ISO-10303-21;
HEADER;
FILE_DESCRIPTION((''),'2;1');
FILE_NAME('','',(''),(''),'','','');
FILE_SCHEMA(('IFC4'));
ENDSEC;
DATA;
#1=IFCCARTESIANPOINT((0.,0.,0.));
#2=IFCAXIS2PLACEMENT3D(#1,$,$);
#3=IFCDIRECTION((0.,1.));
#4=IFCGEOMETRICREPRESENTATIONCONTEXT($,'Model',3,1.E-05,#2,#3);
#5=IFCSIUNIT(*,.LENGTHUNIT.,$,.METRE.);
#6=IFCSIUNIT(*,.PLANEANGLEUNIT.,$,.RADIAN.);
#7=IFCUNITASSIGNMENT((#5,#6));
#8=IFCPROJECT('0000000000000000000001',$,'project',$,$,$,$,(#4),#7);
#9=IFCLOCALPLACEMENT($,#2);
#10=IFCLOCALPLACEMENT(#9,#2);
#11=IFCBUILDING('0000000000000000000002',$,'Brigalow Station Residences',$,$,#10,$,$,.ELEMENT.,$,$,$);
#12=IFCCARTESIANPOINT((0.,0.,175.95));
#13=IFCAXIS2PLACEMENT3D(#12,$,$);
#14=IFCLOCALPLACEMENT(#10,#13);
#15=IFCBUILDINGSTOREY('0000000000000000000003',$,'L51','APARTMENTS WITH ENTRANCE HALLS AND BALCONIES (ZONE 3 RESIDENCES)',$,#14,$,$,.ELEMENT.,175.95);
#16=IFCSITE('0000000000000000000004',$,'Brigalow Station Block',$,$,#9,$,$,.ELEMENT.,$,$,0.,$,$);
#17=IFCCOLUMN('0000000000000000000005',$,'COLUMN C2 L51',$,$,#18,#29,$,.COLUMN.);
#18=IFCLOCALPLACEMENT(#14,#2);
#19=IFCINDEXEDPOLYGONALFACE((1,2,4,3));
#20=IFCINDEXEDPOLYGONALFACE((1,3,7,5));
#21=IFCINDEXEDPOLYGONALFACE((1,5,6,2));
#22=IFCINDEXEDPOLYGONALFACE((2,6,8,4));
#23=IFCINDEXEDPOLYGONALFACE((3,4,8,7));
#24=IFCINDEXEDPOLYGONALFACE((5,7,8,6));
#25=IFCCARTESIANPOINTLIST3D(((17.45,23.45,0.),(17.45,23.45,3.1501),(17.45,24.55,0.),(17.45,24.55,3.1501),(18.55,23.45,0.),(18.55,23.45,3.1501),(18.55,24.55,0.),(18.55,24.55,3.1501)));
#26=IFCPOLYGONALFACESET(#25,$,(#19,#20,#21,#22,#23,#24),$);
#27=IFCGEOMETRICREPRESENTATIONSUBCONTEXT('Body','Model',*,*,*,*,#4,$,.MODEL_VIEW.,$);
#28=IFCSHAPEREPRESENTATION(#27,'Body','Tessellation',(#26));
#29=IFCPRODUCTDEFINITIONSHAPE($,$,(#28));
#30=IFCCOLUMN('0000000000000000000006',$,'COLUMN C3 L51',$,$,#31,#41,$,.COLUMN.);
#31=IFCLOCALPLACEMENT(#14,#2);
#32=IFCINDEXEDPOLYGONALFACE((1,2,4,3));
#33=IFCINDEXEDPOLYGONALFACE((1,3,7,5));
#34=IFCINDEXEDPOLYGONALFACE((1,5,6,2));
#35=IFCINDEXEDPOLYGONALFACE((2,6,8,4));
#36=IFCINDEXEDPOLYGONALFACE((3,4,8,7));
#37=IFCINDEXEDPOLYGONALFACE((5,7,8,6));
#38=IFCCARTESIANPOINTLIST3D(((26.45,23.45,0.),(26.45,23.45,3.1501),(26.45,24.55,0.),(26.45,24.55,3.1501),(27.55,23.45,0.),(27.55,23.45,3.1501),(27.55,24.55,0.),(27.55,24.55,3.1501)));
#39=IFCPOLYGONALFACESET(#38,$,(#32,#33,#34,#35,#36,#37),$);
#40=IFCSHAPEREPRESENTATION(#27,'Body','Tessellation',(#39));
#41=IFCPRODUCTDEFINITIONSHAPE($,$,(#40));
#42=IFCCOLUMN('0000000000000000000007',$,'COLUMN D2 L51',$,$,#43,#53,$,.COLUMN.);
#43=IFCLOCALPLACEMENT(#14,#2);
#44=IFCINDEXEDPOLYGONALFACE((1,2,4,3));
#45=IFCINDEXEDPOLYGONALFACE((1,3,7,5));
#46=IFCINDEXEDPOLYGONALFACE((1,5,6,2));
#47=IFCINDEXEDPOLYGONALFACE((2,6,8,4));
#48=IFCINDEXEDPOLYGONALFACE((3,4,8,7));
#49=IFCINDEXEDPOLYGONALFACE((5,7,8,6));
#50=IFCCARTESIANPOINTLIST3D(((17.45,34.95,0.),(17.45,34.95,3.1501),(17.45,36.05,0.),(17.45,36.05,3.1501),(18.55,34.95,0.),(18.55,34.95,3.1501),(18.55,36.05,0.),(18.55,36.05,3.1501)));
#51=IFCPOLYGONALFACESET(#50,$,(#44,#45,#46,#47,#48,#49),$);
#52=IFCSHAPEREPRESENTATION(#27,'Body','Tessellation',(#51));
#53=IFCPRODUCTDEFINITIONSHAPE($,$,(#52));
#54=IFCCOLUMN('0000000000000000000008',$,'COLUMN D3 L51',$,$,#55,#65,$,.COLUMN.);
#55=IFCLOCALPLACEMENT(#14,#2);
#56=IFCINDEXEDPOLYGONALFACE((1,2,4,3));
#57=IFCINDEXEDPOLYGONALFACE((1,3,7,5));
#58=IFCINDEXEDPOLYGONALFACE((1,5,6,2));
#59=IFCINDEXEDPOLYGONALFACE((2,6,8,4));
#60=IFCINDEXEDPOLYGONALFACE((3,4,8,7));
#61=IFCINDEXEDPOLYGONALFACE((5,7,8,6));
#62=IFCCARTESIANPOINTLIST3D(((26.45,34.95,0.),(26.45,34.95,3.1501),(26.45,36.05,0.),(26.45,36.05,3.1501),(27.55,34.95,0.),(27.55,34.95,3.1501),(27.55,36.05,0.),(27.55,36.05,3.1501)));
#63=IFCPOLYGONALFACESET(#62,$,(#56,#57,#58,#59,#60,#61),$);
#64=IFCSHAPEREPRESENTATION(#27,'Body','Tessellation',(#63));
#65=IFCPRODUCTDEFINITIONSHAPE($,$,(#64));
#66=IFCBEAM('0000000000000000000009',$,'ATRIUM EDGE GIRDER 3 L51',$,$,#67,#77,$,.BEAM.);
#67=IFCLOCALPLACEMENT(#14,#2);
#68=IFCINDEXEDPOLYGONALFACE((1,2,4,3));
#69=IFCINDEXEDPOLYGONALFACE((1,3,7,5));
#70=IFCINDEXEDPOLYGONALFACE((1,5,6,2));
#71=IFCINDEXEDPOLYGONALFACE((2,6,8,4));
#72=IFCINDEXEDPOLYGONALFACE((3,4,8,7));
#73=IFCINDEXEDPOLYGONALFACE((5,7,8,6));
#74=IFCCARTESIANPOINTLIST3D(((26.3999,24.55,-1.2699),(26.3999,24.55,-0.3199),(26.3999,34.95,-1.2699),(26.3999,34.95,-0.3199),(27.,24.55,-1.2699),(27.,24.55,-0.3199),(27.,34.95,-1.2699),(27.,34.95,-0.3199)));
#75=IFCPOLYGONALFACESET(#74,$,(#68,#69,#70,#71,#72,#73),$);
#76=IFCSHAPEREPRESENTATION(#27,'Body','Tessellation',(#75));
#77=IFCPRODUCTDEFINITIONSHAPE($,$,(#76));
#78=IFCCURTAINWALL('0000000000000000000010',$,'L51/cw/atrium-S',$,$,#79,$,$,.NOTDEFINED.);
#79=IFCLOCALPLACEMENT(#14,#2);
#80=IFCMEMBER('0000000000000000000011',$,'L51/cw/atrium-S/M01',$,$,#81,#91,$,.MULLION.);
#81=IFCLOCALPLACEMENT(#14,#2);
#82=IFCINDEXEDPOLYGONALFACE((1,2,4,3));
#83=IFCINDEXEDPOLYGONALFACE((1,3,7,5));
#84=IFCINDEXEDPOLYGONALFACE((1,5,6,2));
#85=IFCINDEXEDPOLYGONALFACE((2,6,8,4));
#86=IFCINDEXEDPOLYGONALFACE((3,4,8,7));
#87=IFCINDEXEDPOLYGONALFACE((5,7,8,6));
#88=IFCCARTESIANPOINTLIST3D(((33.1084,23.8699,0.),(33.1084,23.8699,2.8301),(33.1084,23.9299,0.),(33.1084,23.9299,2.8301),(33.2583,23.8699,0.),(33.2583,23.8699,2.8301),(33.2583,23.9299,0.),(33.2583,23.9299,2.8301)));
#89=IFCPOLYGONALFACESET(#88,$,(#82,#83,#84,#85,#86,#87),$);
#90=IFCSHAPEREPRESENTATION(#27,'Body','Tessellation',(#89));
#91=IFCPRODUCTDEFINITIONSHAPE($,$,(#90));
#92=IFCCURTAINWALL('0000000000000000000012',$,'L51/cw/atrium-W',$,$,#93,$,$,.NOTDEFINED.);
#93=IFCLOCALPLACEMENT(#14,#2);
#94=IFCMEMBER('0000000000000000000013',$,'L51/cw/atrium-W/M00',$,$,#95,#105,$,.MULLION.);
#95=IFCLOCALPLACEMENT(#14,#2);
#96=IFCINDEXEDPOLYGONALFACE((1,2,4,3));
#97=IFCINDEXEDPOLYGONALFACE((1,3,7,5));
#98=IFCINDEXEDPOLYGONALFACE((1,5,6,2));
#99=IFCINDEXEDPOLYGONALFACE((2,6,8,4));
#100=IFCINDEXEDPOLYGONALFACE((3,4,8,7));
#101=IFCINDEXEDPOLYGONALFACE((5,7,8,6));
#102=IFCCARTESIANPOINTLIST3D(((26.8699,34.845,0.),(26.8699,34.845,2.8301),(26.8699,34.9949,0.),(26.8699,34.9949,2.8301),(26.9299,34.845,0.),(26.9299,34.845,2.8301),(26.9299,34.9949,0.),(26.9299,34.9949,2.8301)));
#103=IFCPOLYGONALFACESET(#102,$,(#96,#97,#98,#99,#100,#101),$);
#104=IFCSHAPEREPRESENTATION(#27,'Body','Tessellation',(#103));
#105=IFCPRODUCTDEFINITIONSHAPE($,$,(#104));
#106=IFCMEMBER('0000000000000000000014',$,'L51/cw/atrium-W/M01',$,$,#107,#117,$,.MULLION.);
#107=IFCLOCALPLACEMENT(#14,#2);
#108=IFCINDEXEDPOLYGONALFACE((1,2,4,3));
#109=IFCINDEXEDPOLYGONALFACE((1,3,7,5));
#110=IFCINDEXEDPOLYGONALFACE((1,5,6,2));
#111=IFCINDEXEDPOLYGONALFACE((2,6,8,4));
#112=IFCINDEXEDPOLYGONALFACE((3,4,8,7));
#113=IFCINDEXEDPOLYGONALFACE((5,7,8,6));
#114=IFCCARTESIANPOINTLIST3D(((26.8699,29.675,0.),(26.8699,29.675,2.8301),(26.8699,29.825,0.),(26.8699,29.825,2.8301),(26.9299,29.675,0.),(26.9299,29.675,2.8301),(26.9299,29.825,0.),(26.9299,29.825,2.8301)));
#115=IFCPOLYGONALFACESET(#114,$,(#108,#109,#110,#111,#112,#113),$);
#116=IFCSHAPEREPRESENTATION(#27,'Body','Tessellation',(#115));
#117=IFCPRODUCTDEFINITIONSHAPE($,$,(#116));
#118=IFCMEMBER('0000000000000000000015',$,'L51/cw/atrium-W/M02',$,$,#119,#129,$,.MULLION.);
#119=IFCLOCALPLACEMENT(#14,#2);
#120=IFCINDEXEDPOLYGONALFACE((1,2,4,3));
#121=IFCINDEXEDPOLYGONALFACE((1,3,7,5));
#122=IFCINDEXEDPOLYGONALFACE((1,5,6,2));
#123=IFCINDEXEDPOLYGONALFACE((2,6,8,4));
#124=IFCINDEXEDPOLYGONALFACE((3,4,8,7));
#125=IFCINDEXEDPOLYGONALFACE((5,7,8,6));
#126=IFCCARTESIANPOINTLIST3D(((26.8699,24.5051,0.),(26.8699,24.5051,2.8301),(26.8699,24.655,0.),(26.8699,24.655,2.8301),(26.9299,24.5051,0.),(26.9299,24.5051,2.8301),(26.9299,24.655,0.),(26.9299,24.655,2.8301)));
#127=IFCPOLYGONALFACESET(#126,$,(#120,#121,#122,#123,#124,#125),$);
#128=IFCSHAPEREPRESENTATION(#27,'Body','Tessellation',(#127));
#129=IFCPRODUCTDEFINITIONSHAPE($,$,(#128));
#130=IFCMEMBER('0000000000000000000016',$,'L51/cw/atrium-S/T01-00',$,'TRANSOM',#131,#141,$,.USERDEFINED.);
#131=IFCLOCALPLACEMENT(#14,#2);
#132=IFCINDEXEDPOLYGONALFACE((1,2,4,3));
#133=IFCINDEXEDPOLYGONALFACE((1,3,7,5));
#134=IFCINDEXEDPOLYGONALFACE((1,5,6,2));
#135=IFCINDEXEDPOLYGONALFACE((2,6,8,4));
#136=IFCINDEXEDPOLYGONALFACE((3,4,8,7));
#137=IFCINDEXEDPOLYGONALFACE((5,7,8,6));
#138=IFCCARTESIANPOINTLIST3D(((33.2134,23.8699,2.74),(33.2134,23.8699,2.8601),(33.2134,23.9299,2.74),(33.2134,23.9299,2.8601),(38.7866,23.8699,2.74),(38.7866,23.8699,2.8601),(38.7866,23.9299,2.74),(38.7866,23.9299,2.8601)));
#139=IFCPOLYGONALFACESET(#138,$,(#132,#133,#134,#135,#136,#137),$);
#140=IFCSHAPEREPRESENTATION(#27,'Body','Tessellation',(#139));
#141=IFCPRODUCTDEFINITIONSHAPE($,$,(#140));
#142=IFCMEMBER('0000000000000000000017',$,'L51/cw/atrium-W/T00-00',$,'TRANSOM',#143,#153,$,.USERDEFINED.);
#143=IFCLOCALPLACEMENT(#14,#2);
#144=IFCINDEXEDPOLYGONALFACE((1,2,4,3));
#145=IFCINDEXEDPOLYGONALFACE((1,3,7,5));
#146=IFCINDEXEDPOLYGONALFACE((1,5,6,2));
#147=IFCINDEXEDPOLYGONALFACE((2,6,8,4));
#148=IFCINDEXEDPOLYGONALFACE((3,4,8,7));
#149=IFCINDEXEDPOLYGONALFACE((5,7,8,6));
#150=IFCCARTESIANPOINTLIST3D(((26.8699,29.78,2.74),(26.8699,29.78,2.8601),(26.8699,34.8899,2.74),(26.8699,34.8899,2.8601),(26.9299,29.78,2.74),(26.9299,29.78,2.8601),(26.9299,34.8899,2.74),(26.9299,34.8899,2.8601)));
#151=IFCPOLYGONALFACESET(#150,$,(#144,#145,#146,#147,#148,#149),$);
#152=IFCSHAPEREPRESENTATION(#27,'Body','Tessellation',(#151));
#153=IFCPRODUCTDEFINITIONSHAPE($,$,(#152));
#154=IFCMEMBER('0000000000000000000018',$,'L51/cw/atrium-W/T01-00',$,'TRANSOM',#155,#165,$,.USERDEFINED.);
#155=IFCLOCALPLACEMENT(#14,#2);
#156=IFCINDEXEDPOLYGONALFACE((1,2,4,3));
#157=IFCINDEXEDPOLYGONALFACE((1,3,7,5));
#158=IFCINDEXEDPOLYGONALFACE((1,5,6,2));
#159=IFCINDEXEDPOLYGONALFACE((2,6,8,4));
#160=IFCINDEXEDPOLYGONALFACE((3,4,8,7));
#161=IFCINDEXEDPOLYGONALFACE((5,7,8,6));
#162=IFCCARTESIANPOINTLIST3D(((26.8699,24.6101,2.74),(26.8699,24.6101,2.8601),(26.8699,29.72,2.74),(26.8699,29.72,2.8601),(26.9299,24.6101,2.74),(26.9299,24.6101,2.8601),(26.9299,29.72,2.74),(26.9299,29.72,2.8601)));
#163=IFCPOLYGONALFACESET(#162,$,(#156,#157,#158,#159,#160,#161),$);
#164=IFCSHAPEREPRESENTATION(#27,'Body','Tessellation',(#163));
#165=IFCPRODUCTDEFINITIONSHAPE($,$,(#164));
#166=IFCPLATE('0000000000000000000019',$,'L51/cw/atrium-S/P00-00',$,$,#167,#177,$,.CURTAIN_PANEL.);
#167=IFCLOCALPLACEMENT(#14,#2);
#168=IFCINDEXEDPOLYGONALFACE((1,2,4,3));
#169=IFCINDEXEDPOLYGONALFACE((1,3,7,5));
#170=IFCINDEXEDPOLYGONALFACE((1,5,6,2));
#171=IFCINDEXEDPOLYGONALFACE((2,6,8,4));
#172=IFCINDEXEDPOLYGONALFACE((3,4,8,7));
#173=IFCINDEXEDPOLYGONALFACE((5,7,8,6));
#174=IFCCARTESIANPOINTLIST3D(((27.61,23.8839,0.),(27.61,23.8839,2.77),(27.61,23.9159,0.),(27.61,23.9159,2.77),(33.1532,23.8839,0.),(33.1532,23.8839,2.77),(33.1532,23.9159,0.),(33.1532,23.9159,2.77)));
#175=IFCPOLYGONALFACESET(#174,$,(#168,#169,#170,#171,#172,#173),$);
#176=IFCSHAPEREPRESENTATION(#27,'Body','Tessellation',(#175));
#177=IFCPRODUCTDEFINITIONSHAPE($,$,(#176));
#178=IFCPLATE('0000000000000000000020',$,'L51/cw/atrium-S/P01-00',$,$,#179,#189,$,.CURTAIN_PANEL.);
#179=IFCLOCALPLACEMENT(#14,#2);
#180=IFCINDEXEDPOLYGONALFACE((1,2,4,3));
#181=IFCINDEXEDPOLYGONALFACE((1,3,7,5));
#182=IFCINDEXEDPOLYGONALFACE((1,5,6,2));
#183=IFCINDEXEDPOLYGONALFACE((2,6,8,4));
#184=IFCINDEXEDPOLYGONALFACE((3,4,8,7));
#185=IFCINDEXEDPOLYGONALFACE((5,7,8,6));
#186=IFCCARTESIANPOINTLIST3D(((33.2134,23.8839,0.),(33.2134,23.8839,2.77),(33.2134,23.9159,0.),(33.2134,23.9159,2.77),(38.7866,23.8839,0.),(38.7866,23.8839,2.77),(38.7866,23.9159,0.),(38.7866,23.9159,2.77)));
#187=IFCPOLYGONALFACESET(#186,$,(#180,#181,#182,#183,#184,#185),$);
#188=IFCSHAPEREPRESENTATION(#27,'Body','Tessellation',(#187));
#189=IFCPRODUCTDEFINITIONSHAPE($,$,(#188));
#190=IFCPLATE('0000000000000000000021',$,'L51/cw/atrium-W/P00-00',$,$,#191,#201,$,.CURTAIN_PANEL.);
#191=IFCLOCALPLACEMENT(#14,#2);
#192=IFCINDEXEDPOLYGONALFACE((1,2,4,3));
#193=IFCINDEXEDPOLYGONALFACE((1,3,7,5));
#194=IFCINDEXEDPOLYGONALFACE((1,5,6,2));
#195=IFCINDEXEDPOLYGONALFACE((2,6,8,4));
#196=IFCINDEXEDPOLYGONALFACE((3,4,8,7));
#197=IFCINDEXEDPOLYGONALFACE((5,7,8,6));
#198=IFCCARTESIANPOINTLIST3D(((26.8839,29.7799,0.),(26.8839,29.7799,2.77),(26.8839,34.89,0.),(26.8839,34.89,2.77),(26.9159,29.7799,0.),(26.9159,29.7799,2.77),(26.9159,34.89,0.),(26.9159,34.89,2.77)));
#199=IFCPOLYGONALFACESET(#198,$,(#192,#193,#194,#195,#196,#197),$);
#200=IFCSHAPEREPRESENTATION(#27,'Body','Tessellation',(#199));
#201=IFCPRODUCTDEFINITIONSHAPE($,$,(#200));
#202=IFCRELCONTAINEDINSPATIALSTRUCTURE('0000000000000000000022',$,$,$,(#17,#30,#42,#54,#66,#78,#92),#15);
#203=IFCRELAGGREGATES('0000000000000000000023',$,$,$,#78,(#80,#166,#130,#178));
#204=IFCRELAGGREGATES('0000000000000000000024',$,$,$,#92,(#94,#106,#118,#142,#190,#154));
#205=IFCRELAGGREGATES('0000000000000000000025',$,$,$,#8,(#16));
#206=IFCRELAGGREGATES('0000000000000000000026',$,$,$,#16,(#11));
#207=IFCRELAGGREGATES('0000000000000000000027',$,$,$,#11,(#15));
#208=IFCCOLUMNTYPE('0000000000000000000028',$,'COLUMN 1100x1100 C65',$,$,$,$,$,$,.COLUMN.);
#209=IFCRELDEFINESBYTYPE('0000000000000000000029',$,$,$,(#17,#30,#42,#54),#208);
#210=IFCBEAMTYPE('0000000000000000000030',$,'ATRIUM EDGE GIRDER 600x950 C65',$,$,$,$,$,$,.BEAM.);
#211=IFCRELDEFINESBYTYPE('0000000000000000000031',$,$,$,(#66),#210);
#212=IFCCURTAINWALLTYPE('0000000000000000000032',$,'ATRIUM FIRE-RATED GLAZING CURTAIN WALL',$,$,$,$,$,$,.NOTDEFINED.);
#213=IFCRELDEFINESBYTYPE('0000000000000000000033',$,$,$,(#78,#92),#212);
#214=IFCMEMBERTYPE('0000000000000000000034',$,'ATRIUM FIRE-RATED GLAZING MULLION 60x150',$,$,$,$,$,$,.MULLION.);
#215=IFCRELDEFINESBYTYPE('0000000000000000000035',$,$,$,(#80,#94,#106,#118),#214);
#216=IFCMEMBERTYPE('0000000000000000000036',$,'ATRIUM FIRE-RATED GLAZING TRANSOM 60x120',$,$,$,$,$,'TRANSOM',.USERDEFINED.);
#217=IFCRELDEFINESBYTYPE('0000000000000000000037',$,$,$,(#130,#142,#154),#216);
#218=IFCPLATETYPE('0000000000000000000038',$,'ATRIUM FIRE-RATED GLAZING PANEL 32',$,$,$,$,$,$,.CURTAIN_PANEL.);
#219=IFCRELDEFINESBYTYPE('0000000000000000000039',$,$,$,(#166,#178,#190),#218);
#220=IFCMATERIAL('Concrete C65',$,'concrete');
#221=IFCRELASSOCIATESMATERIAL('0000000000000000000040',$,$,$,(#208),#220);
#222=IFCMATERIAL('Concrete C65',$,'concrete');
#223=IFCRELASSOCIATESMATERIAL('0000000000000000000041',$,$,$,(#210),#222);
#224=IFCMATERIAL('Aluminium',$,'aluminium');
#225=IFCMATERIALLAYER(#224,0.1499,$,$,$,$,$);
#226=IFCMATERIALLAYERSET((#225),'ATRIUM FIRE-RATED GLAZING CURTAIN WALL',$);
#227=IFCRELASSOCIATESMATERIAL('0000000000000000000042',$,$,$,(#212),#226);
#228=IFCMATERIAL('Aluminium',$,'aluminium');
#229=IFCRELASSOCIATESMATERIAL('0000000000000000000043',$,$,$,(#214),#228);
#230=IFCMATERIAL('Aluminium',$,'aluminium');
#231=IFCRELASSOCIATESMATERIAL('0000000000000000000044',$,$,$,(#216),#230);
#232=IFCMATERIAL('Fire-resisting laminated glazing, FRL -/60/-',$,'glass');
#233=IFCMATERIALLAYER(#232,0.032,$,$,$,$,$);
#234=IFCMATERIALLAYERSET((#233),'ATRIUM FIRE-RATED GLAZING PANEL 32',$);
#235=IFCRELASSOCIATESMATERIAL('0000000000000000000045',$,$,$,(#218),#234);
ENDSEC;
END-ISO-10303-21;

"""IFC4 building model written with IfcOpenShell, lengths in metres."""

from ifc_helpers import new_model, si_unit, direction, frame, origin, origin_2d, place, context, subcontext, project, spatial, rectangle, extrude, material, layer, layer_set, material_profile, profile_set, type_object, element, aggregate, save


model = new_model("IFC4")

# Units and contexts
model_context = context("Model", 3, precision=1e-05, world=origin(), true_north=direction((0.0, 1.0)))
body_context = subcontext(model_context, "Body", "Model", "MODEL_VIEW")
ifc_project = project(units=[si_unit("LENGTHUNIT", "METRE"), si_unit("PLANEANGLEUNIT", "RADIAN")], contexts=[model_context])

# Site, building, storey
site_placement = place(None, origin())
site = spatial("IfcSite", under=ifc_project, at=site_placement, Name="Brigalow Station Block", CompositionType="ELEMENT", RefElevation=0.0)
building_placement = place(site_placement, origin())
building = spatial("IfcBuilding", under=site, at=building_placement, Name="Brigalow Station Residences", CompositionType="ELEMENT")
storey_placement = place(building_placement, frame((0.0, 0.0, 175.95)))
storey = spatial("IfcBuildingStorey", under=building, at=storey_placement, Name="L51", Description="APARTMENTS WITH ENTRANCE HALLS AND BALCONIES (ZONE 3 RESIDENCES)", CompositionType="ELEMENT", Elevation=175.95)

# Columns
ifc_material_1 = material(Name="Concrete C65", Category="concrete")
ifc_material_profile_1 = material_profile(ifc_material_1, rectangle(XDim=1.1001, YDim=1.1001, at=origin_2d()), Name="RC1100x1100")
ifc_profile_set_1 = profile_set([ifc_material_profile_1], Name="Concrete C65")
column_type = type_object("IfcColumnType", Name="COLUMN 1100x1100 C65", PredefinedType="COLUMN", material=ifc_profile_set_1)
for number, where, z_axis, x_axis, name in (
    (1, (18.0, 24.0, 0.0), (0.0, 0.0, 1.0), (1.0, 0.0, 0.0), "COLUMN C2 L51"),
    (2, (27.0, 24.0, 0.0), (0.0, 0.0, 1.0), (1.0, 0.0, 0.0), "COLUMN C3 L51"),
    (3, (18.0, 35.5, 0.0), (0.0, 0.0, 1.0), (1.0, 0.0, 0.0), "COLUMN D2 L51"),
    (4, (27.0, 35.5, 0.0), (0.0, 0.0, 1.0), (1.0, 0.0, 0.0), "COLUMN D3 L51"),
):
    element("IfcColumn", number, at=place(storey_placement, frame(where, z_axis=z_axis, x_axis=x_axis)), inside=storey, type_object=column_type, Name=name, PredefinedType="COLUMN", context=body_context, shape_type="SweptSolid", body=[
        extrude(rectangle(XDim=1.1001, YDim=1.1001, at=origin_2d()), origin(), (0.0, 0.0, 1.0), 3.1501),
    ])

# Beam
ifc_material_2 = material(Name="Concrete C65", Category="concrete")
ifc_material_profile_2 = material_profile(ifc_material_2, rectangle(XDim=0.6001, YDim=0.95, at=origin_2d()), Name="RC600x950")
ifc_profile_set_2 = profile_set([ifc_material_profile_2], Name="Concrete C65")
beam_type = type_object("IfcBeamType", Name="ATRIUM EDGE GIRDER 600x950 C65", PredefinedType="BEAM", material=ifc_profile_set_2)
beam_placement = place(storey_placement, frame((26.7, 24.55, -0.7949), z_axis=(0.0, 1.0, 0.0), x_axis=(-1.0, 0.0, 0.0)))
element("IfcBeam", 5, at=beam_placement, inside=storey, type_object=beam_type, Name="ATRIUM EDGE GIRDER 3 L51", PredefinedType="BEAM", context=body_context, shape_type="SweptSolid", body=[
    extrude(rectangle(XDim=0.6001, YDim=0.95, at=origin_2d()), origin(), (0.0, 0.0, 1.0), 10.3999),
])

# Curtain wall, member
ifc_material_3 = material(Name="Aluminium", Category="aluminium")
ifc_layer_1 = layer(ifc_material_3, 0.1499)
ifc_layer_set_1 = layer_set([ifc_layer_1], Name="ATRIUM FIRE-RATED GLAZING CURTAIN WALL")
curtain_wall_type = type_object("IfcCurtainWallType", Name="ATRIUM FIRE-RATED GLAZING CURTAIN WALL", PredefinedType="NOTDEFINED", material=ifc_layer_set_1)
curtain_wall_1_placement = place(storey_placement, origin())
curtain_wall_1 = element("IfcCurtainWall", 6, at=curtain_wall_1_placement, inside=storey, type_object=curtain_wall_type, Name="L51/cw/atrium-S", PredefinedType="NOTDEFINED")
ifc_material_4 = material(Name="Aluminium", Category="aluminium")
ifc_material_profile_3 = material_profile(ifc_material_4, rectangle(XDim=0.0601, YDim=0.1499, at=origin_2d()), Name="ATRIUM FIRE-RATED GLAZING MULLION 60x150")
ifc_profile_set_3 = profile_set([ifc_material_profile_3], Name="Aluminium")
member_type_1 = type_object("IfcMemberType", Name="ATRIUM FIRE-RATED GLAZING MULLION 60x150", PredefinedType="MULLION", material=ifc_profile_set_3)
member_1_placement = place(storey_placement, frame((33.1833, 23.8999, 0.0), z_axis=(0.0, 0.0, 1.0), x_axis=(0.0, 1.0, 0.0)))
member_1 = element("IfcMember", 7, at=member_1_placement, type_object=member_type_1, Name="L51/cw/atrium-S/M01", PredefinedType="MULLION", context=body_context, shape_type="SweptSolid", body=[
    extrude(rectangle(XDim=0.0601, YDim=0.1499, at=origin_2d()), origin(), (0.0, 0.0, 1.0), 2.8301),
])

# Curtain wall, members
curtain_wall_2_placement = place(storey_placement, origin())
curtain_wall_2 = element("IfcCurtainWall", 8, at=curtain_wall_2_placement, inside=storey, type_object=curtain_wall_type, Name="L51/cw/atrium-W", PredefinedType="NOTDEFINED")
member_2_placement = place(storey_placement, frame((26.8999, 34.9199, 0.0), z_axis=(0.0, 0.0, 1.0), x_axis=(1.0, 0.0, 0.0)))
member_2 = element("IfcMember", 9, at=member_2_placement, type_object=member_type_1, Name="L51/cw/atrium-W/M00", PredefinedType="MULLION", context=body_context, shape_type="SweptSolid", body=[
    extrude(rectangle(XDim=0.0601, YDim=0.1499, at=origin_2d()), origin(), (0.0, 0.0, 1.0), 2.8301),
])
member_3_placement = place(storey_placement, frame((26.8999, 29.75, 0.0), z_axis=(0.0, 0.0, 1.0), x_axis=(1.0, 0.0, 0.0)))
member_3 = element("IfcMember", 10, at=member_3_placement, type_object=member_type_1, Name="L51/cw/atrium-W/M01", PredefinedType="MULLION", context=body_context, shape_type="SweptSolid", body=[
    extrude(rectangle(XDim=0.0601, YDim=0.1499, at=origin_2d()), origin(), (0.0, 0.0, 1.0), 2.8301),
])
member_4_placement = place(storey_placement, frame((26.8999, 24.5801, 0.0), z_axis=(0.0, 0.0, 1.0), x_axis=(1.0, 0.0, 0.0)))
member_4 = element("IfcMember", 11, at=member_4_placement, type_object=member_type_1, Name="L51/cw/atrium-W/M02", PredefinedType="MULLION", context=body_context, shape_type="SweptSolid", body=[
    extrude(rectangle(XDim=0.0601, YDim=0.1499, at=origin_2d()), origin(), (0.0, 0.0, 1.0), 2.8301),
])

# Members
ifc_material_5 = material(Name="Aluminium", Category="aluminium")
ifc_material_profile_4 = material_profile(ifc_material_5, rectangle(XDim=0.0601, YDim=0.1201, at=origin_2d()), Name="ATRIUM FIRE-RATED GLAZING TRANSOM 60x120")
ifc_profile_set_4 = profile_set([ifc_material_profile_4], Name="Aluminium")
member_type_2 = type_object("IfcMemberType", Name="ATRIUM FIRE-RATED GLAZING TRANSOM 60x120", ElementType="TRANSOM", PredefinedType="USERDEFINED", material=ifc_profile_set_4)
member_5_placement = place(storey_placement, frame((33.2134, 23.8999, 2.8), z_axis=(1.0, 0.0, 0.0), x_axis=(0.0, 1.0, 0.0)))
member_5 = element("IfcMember", 12, at=member_5_placement, type_object=member_type_2, Name="L51/cw/atrium-S/T01-00", ObjectType="TRANSOM", PredefinedType="USERDEFINED", context=body_context, shape_type="SweptSolid", body=[
    extrude(rectangle(XDim=0.0601, YDim=0.1201, at=origin_2d()), origin(), (0.0, 0.0, 1.0), 5.5732),
])
member_6_placement = place(storey_placement, frame((26.8999, 34.8899, 2.8), z_axis=(0.0, -1.0, 0.0), x_axis=(1.0, 0.0, 0.0)))
member_6 = element("IfcMember", 13, at=member_6_placement, type_object=member_type_2, Name="L51/cw/atrium-W/T00-00", ObjectType="TRANSOM", PredefinedType="USERDEFINED", context=body_context, shape_type="SweptSolid", body=[
    extrude(rectangle(XDim=0.0601, YDim=0.1201, at=origin_2d()), origin(), (0.0, 0.0, 1.0), 5.1099),
])
member_7_placement = place(storey_placement, frame((26.8999, 29.72, 2.8), z_axis=(0.0, -1.0, 0.0), x_axis=(1.0, 0.0, 0.0)))
member_7 = element("IfcMember", 14, at=member_7_placement, type_object=member_type_2, Name="L51/cw/atrium-W/T01-00", ObjectType="TRANSOM", PredefinedType="USERDEFINED", context=body_context, shape_type="SweptSolid", body=[
    extrude(rectangle(XDim=0.0601, YDim=0.1201, at=origin_2d()), origin(), (0.0, 0.0, 1.0), 5.1099),
])

# Plates
ifc_material_6 = material(Name="Fire-resisting laminated glazing, FRL -/60/-", Category="glass")
ifc_layer_2 = layer(ifc_material_6, 0.032)
ifc_layer_set_2 = layer_set([ifc_layer_2], Name="ATRIUM FIRE-RATED GLAZING PANEL 32")
plate_type = type_object("IfcPlateType", Name="ATRIUM FIRE-RATED GLAZING PANEL 32", PredefinedType="CURTAIN_PANEL", material=ifc_layer_set_2)
plate_1_placement = place(storey_placement, frame((30.3816, 23.8999, 0.0), z_axis=(0.0, 0.0, 1.0), x_axis=(1.0, 0.0, 0.0)))
plate_1 = element("IfcPlate", 15, at=plate_1_placement, type_object=plate_type, Name="L51/cw/atrium-S/P00-00", PredefinedType="CURTAIN_PANEL", context=body_context, shape_type="SweptSolid", body=[
    extrude(rectangle(XDim=5.5432, YDim=0.032, at=origin_2d()), origin(), (0.0, 0.0, 1.0), 2.77),
])
plate_2_placement = place(storey_placement, frame((36.0, 23.8999, 0.0), z_axis=(0.0, 0.0, 1.0), x_axis=(1.0, 0.0, 0.0)))
plate_2 = element("IfcPlate", 16, at=plate_2_placement, type_object=plate_type, Name="L51/cw/atrium-S/P01-00", PredefinedType="CURTAIN_PANEL", context=body_context, shape_type="SweptSolid", body=[
    extrude(rectangle(XDim=5.5732, YDim=0.032, at=origin_2d()), origin(), (0.0, 0.0, 1.0), 2.77),
])
aggregate(curtain_wall_1, [member_1, plate_1, member_5, plate_2])
plate_3_placement = place(storey_placement, frame((26.8999, 32.335, 0.0), z_axis=(0.0, 0.0, 1.0), x_axis=(0.0, -1.0, 0.0)))
plate_3 = element("IfcPlate", 17, at=plate_3_placement, type_object=plate_type, Name="L51/cw/atrium-W/P00-00", PredefinedType="CURTAIN_PANEL", context=body_context, shape_type="SweptSolid", body=[
    extrude(rectangle(XDim=5.1101, YDim=0.032, at=origin_2d()), origin(), (0.0, 0.0, 1.0), 2.77),
])
aggregate(curtain_wall_2, [member_2, member_3, member_4, member_6, plate_3, member_7])

save(model, "model.ifc")
